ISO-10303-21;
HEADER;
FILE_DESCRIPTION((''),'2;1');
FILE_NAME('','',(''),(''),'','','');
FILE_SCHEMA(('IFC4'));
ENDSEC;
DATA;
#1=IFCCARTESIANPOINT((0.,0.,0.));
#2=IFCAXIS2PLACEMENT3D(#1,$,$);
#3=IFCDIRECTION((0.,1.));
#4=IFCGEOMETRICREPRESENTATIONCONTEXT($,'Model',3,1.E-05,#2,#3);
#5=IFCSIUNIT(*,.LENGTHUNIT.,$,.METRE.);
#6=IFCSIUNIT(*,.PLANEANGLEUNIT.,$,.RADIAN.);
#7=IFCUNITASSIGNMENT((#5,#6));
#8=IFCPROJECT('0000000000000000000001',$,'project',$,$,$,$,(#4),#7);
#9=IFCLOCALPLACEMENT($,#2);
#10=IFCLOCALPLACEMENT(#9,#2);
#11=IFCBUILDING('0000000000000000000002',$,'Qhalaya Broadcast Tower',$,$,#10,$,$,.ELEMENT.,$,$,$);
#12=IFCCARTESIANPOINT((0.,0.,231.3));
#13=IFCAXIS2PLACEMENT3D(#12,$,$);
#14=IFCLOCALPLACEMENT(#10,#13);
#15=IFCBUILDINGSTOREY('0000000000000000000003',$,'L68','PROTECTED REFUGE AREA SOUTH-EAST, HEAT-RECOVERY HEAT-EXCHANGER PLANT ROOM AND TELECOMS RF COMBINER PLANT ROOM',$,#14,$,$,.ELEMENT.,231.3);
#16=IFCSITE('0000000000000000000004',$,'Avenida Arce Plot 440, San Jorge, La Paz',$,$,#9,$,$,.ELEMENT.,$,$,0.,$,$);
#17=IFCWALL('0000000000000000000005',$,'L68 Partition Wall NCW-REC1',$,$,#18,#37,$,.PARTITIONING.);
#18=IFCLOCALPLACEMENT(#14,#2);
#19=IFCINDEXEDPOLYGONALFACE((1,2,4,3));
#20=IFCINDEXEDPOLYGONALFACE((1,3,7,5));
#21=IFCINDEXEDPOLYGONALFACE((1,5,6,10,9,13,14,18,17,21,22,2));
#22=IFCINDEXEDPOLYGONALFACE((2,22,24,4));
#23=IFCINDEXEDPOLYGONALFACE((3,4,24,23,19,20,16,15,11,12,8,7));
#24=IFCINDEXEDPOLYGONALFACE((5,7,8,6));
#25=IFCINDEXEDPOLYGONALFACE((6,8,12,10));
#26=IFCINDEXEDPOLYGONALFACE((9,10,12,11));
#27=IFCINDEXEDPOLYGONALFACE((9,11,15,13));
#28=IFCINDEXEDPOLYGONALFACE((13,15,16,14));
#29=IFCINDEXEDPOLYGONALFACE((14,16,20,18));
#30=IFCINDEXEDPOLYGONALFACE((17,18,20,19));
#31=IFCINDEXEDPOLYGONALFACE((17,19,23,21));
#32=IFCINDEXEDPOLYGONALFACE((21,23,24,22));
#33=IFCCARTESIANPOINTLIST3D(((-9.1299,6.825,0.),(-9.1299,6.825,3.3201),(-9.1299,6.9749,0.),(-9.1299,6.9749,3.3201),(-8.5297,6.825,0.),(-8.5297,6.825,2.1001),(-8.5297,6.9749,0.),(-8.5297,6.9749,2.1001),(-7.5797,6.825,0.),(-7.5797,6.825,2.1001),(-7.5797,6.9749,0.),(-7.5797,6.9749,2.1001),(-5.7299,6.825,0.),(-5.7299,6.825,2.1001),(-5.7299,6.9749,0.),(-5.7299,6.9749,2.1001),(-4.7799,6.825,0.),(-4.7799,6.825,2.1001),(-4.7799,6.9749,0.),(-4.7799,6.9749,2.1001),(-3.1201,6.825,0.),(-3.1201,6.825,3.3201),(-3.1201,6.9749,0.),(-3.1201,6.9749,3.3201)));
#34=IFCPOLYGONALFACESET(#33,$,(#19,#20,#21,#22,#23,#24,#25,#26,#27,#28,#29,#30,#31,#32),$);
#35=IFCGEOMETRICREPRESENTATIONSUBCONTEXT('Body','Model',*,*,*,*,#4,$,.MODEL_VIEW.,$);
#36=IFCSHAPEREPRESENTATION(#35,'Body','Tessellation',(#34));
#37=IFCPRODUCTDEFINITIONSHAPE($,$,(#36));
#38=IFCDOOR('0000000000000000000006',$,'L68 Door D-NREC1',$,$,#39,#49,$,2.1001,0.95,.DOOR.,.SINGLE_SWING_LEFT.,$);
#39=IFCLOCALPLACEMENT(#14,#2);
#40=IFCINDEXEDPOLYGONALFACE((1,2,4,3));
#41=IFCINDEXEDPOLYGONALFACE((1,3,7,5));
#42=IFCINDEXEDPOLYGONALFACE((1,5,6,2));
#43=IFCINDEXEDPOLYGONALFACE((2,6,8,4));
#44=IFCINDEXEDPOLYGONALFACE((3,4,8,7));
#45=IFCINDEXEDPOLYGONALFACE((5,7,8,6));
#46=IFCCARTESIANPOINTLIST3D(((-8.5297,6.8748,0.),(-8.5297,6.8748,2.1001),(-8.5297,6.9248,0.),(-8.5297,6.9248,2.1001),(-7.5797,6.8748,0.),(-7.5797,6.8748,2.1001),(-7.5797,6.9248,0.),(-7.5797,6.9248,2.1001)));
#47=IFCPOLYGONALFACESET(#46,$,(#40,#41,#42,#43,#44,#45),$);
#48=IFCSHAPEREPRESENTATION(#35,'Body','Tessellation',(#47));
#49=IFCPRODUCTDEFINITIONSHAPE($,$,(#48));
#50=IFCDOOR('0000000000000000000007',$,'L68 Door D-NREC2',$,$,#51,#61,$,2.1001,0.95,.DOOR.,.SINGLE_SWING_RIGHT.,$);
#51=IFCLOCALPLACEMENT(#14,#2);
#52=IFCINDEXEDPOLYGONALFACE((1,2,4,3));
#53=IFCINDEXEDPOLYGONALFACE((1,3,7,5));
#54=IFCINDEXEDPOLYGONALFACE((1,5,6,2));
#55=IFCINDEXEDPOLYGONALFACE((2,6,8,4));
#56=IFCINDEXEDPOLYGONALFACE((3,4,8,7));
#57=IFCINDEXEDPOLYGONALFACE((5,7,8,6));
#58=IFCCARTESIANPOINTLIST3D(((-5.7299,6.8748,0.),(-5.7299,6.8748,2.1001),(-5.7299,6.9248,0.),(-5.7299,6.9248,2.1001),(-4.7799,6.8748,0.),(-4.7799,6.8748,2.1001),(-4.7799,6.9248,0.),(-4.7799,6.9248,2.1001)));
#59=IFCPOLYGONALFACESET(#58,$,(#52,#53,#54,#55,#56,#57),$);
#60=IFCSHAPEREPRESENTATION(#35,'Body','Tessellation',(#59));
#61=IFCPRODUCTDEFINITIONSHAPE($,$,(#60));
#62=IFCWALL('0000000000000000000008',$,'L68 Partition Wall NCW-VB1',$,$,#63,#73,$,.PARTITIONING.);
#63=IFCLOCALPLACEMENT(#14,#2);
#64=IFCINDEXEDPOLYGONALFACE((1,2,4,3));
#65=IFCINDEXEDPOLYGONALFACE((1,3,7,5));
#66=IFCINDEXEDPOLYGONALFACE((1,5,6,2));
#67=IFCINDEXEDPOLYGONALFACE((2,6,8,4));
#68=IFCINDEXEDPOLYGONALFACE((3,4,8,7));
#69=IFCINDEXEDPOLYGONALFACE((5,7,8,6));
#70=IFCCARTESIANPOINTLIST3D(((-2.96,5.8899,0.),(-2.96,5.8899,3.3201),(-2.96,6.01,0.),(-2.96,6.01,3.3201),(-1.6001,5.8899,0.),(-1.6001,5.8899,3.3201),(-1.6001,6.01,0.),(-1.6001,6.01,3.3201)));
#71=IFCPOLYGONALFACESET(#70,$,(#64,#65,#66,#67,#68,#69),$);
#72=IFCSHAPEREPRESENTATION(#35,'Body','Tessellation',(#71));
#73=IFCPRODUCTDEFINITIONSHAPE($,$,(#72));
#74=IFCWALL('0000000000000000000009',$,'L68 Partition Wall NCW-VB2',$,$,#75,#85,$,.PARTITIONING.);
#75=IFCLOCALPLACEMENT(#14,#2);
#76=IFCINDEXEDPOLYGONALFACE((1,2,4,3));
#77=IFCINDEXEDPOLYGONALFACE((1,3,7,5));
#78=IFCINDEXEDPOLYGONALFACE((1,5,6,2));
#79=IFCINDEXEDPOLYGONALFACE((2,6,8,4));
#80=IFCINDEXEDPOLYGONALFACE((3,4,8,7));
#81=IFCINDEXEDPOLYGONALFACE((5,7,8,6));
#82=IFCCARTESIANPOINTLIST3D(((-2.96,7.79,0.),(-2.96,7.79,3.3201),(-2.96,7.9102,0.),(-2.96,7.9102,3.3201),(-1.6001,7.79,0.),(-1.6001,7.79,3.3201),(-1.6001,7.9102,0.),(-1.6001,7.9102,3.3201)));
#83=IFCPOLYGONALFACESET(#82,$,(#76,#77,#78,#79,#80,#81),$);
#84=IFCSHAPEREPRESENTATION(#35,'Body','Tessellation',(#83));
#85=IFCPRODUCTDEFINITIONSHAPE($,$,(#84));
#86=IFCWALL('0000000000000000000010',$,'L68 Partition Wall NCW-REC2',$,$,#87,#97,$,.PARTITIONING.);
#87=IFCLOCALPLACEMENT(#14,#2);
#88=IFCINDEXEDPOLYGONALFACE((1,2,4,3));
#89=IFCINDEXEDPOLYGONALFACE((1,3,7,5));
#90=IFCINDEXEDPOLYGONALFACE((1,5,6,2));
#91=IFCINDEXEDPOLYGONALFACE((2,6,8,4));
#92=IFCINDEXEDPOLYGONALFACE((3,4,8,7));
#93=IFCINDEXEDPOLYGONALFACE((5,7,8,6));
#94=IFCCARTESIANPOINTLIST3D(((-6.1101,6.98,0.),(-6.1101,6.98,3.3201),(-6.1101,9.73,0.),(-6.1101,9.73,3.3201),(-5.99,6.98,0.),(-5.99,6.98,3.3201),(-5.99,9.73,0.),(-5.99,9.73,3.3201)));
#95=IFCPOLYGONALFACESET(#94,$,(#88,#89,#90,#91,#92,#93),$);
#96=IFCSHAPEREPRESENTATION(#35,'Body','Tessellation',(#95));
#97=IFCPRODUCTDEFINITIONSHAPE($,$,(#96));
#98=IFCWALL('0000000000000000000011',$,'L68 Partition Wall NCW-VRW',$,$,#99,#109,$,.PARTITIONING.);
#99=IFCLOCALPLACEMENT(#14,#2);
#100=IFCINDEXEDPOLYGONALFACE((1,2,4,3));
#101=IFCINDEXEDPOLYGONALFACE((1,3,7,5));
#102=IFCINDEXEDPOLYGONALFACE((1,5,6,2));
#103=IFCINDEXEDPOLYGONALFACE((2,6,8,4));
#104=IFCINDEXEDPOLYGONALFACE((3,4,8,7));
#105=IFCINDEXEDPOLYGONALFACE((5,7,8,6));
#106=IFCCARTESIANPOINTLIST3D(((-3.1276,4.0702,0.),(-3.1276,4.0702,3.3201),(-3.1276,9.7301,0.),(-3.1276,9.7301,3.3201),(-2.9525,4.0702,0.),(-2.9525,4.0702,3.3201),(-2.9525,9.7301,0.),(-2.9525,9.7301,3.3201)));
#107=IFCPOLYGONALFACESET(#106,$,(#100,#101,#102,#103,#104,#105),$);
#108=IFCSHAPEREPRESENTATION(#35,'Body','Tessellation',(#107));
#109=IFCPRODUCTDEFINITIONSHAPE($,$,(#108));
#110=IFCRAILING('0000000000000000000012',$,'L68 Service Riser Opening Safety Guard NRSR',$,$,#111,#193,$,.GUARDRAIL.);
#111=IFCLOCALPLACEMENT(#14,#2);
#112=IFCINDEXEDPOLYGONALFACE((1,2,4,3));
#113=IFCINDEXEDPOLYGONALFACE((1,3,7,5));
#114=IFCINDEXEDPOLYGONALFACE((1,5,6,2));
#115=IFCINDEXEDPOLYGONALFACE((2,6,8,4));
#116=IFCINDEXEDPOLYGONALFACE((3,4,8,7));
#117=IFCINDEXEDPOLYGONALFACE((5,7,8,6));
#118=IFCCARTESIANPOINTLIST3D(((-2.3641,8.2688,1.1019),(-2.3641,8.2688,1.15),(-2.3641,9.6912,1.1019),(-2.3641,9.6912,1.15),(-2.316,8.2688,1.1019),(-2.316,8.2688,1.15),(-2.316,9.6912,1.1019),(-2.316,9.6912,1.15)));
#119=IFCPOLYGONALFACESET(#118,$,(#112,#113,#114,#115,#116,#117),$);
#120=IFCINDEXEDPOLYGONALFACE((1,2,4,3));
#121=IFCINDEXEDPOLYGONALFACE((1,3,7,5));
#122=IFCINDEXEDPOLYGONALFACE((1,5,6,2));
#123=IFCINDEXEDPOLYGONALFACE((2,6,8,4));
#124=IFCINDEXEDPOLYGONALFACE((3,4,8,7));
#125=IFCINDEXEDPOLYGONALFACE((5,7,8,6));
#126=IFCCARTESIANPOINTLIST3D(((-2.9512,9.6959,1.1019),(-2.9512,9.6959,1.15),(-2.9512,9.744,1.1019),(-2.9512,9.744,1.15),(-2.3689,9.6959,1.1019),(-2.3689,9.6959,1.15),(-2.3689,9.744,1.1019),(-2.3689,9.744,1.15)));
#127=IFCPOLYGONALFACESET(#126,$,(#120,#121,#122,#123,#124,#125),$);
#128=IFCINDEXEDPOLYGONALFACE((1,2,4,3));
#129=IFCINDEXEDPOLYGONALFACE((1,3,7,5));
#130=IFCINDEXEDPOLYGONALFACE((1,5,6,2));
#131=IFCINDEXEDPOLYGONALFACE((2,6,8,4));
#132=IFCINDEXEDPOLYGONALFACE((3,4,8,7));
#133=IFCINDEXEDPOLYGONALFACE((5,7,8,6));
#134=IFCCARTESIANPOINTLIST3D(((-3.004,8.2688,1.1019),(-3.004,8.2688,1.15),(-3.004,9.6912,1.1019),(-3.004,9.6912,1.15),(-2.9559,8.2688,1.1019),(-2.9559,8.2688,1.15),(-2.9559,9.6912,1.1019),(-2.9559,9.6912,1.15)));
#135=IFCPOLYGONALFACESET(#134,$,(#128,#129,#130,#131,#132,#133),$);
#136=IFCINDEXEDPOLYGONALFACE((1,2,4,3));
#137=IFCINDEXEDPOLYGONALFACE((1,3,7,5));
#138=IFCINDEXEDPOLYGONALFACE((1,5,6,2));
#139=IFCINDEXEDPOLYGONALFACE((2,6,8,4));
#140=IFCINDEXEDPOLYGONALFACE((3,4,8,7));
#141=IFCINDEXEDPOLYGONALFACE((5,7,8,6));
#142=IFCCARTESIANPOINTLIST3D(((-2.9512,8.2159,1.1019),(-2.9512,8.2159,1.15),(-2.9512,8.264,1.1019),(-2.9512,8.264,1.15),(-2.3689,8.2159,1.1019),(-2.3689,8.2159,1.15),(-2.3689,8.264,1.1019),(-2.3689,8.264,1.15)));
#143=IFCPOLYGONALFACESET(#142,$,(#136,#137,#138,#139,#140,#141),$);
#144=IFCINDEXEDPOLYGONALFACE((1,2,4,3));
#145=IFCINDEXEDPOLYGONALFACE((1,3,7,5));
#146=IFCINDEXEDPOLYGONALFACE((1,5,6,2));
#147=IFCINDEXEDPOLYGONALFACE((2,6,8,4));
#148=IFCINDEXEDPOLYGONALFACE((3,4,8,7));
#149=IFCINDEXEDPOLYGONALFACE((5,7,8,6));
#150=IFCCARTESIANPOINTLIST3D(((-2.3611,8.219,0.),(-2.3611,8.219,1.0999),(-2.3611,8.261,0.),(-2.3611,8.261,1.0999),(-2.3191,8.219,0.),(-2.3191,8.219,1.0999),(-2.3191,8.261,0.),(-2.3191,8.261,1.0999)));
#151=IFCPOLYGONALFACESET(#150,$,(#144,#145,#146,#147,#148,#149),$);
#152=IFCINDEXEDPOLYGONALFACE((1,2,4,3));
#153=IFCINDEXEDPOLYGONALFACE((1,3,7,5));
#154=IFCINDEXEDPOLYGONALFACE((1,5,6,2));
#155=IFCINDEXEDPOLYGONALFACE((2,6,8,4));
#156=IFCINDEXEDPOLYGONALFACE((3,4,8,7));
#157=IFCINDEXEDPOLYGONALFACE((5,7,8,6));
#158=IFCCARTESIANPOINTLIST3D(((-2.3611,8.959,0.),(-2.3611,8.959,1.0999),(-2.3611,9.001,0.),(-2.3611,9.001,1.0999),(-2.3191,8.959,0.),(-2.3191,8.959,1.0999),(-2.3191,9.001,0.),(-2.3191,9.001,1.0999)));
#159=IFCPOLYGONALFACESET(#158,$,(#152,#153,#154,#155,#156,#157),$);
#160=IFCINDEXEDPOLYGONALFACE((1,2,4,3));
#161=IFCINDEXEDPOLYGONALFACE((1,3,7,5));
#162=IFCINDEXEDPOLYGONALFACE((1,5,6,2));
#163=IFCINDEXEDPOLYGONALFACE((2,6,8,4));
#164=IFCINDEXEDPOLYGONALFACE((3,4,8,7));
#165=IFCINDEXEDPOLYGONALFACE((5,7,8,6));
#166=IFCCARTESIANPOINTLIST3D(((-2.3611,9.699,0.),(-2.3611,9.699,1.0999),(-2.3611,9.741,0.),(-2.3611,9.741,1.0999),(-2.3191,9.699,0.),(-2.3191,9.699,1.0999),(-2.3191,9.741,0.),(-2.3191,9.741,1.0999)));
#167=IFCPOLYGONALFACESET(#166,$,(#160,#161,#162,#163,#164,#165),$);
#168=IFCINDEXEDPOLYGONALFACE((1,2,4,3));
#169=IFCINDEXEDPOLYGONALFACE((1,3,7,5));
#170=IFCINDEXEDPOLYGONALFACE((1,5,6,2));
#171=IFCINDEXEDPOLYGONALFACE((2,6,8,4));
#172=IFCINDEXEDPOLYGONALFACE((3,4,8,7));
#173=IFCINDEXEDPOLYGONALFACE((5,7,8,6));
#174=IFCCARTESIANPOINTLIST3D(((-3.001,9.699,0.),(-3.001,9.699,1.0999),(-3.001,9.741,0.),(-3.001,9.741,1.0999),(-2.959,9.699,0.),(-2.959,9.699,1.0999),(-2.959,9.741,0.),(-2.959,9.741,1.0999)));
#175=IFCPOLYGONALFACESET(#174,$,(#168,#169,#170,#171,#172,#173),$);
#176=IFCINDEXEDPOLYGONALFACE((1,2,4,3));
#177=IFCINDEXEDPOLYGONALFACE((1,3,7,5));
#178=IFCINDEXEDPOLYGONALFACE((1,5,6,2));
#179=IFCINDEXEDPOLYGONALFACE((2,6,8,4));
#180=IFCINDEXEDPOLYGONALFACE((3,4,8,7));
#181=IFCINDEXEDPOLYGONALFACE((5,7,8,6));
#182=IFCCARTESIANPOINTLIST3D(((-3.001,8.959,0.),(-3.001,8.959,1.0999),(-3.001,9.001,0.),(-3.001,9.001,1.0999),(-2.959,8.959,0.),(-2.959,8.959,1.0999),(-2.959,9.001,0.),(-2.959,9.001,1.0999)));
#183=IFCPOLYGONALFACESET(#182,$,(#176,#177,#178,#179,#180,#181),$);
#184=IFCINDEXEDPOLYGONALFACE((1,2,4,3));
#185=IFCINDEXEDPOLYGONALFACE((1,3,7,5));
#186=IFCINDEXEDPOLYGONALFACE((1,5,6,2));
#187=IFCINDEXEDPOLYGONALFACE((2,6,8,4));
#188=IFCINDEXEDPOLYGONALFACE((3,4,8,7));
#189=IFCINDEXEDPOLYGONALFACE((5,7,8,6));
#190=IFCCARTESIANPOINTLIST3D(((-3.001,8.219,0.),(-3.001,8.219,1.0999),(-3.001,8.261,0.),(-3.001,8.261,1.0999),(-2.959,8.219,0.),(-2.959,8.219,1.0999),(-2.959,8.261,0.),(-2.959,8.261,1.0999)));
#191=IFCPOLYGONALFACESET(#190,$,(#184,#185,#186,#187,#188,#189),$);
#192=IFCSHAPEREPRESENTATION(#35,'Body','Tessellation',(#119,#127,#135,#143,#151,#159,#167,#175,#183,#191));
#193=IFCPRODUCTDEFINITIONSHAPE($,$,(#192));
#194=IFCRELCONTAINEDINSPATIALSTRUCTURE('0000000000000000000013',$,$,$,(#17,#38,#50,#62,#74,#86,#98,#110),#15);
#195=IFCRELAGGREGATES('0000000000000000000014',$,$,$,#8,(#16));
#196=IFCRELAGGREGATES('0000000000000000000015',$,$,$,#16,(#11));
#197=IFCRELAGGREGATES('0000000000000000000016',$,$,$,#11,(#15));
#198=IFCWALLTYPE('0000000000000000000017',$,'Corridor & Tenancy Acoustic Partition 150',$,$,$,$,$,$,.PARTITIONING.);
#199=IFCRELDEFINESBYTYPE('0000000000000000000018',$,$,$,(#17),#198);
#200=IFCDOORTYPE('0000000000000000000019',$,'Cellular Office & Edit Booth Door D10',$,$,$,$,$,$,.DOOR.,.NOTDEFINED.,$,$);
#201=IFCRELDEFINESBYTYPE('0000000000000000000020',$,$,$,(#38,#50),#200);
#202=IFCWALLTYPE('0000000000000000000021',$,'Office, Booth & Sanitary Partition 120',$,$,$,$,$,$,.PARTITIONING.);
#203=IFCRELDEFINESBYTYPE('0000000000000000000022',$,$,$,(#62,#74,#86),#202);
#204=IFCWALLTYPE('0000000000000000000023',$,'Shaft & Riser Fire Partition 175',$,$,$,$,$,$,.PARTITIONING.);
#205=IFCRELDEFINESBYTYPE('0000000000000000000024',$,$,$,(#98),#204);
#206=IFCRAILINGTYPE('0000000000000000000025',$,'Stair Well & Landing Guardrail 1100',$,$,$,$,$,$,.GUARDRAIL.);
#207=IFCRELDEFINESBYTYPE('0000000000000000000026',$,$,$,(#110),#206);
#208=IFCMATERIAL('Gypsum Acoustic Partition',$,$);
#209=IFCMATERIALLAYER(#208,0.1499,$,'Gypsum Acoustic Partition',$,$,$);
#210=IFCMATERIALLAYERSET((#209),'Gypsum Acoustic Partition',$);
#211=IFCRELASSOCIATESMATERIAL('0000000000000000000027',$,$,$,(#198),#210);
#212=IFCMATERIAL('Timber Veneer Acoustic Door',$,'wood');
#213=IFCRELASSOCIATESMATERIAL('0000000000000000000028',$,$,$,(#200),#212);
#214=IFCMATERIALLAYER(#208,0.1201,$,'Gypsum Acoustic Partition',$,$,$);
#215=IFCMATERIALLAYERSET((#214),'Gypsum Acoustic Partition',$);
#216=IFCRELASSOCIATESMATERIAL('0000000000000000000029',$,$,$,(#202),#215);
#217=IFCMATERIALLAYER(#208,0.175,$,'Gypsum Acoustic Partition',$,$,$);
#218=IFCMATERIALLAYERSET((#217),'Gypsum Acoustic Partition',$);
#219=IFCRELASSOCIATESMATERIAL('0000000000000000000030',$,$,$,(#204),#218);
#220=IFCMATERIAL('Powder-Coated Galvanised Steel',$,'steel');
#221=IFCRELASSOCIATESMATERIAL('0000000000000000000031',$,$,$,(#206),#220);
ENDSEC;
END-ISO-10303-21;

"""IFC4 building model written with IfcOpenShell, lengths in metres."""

from ifc_helpers import new_model, si_unit, direction, frame, frame_2d, origin, origin_2d, place, context, subcontext, project, spatial, rectangle, extrude, material, layer, layer_set, type_object, element, fill, save


model = new_model("IFC4")

# Units and contexts
model_context = context("Model", 3, precision=1e-05, world=origin(), true_north=direction((0.0, 1.0)))
body_context = subcontext(model_context, "Body", "Model", "MODEL_VIEW")
ifc_project = project(units=[si_unit("LENGTHUNIT", "METRE"), si_unit("PLANEANGLEUNIT", "RADIAN")], contexts=[model_context])

# Site, building, storey
site_placement = place(None, origin())
site = spatial("IfcSite", under=ifc_project, at=site_placement, Name="Avenida Arce Plot 440, San Jorge, La Paz", CompositionType="ELEMENT", RefElevation=0.0)
building_placement = place(site_placement, origin())
building = spatial("IfcBuilding", under=site, at=building_placement, Name="Qhalaya Broadcast Tower", CompositionType="ELEMENT")
storey_placement = place(building_placement, frame((0.0, 0.0, 231.3)))
storey = spatial("IfcBuildingStorey", under=building, at=storey_placement, Name="L68", Description="PROTECTED REFUGE AREA SOUTH-EAST, HEAT-RECOVERY HEAT-EXCHANGER PLANT ROOM AND TELECOMS RF COMBINER PLANT ROOM", CompositionType="ELEMENT", Elevation=231.3)

# Wall, openings, doors
ifc_material_1 = material(Name="Gypsum Acoustic Partition")
ifc_layer_1 = layer(ifc_material_1, 0.1499, Name="Gypsum Acoustic Partition")
ifc_layer_set_1 = layer_set([ifc_layer_1], Name="Gypsum Acoustic Partition")
wall_type_1 = type_object("IfcWallType", Name="Corridor & Tenancy Acoustic Partition 150", PredefinedType="PARTITIONING", material=ifc_layer_set_1)
ifc_material_2 = material(Name="Timber Veneer Acoustic Door", Category="wood")
wall_1_placement = place(storey_placement, frame((-9.1299, 6.8999, 0.0), z_axis=(0.0, 0.0, 1.0), x_axis=(1.0, 0.0, 0.0)))
wall_1 = element("IfcWall", 1, at=wall_1_placement, inside=storey, type_object=wall_type_1, Name="L68 Partition Wall NCW-REC1", PredefinedType="PARTITIONING", context=body_context, shape_type="SweptSolid", body=[
    extrude(rectangle(XDim=6.0098, YDim=0.1499, at=frame_2d((3.0049, 0.0))), origin(), (0.0, 0.0, 1.0), 3.3201),
])
opening_1_placement = place(wall_1_placement, frame((0.6001, 0.0, 0.0)))
opening_1 = element("IfcOpeningElement", 2, at=opening_1_placement, cuts=wall_1, PredefinedType="OPENING", context=body_context, shape_type="SweptSolid", body=[
    extrude(rectangle(XDim=0.95, YDim=2.1001, at=frame_2d((0.4751, 1.05))), frame((0.0, 0.0869, 0.0), z_axis=(0.0, -1.0, 0.0), x_axis=(1.0, 0.0, 0.0)), (0.0, 0.0, 1.0), 0.1738),
])
opening_2_placement = place(wall_1_placement, frame((3.3999, 0.0, 0.0)))
opening_2 = element("IfcOpeningElement", 3, at=opening_2_placement, cuts=wall_1, PredefinedType="OPENING", context=body_context, shape_type="SweptSolid", body=[
    extrude(rectangle(XDim=0.95, YDim=2.1001, at=frame_2d((0.4751, 1.05))), frame((0.0, 0.0869, 0.0), z_axis=(0.0, -1.0, 0.0), x_axis=(1.0, 0.0, 0.0)), (0.0, 0.0, 1.0), 0.1738),
])
door_type_1 = type_object("IfcDoorType", Name="Cellular Office & Edit Booth Door D10", OperationType="NOTDEFINED", PredefinedType="DOOR", material=ifc_material_2)
door_1_placement = place(opening_1_placement, origin())
door_1 = element("IfcDoor", 4, at=door_1_placement, inside=storey, type_object=door_type_1, Name="L68 Door D-NREC1", OperationType="SINGLE_SWING_LEFT", OverallHeight=2.1001, OverallWidth=0.95, PredefinedType="DOOR", context=body_context, shape_type="SweptSolid", body=[
    extrude(rectangle(XDim=0.95, YDim=2.1001, at=frame_2d((0.4751, 1.05))), frame((0.0, 0.0249, 0.0), z_axis=(0.0, -1.0, 0.0), x_axis=(1.0, 0.0, 0.0)), (0.0, 0.0, 1.0), 0.05),
])
fill(opening_1, door_1)
door_2_placement = place(opening_2_placement, origin())
door_2 = element("IfcDoor", 5, at=door_2_placement, inside=storey, type_object=door_type_1, Name="L68 Door D-NREC2", OperationType="SINGLE_SWING_RIGHT", OverallHeight=2.1001, OverallWidth=0.95, PredefinedType="DOOR", context=body_context, shape_type="SweptSolid", body=[
    extrude(rectangle(XDim=0.95, YDim=2.1001, at=frame_2d((0.4751, 1.05))), frame((0.0, 0.0249, 0.0), z_axis=(0.0, -1.0, 0.0), x_axis=(1.0, 0.0, 0.0)), (0.0, 0.0, 1.0), 0.05),
])
fill(opening_2, door_2)

# Walls
ifc_layer_2 = layer(ifc_material_1, 0.1201, Name="Gypsum Acoustic Partition")
ifc_layer_set_2 = layer_set([ifc_layer_2], Name="Gypsum Acoustic Partition")
wall_type_2 = type_object("IfcWallType", Name="Office, Booth & Sanitary Partition 120", PredefinedType="PARTITIONING", material=ifc_layer_set_2)
for number, where, z_axis, x_axis, name in (
    (6, (-2.96, 5.95, 0.0), (0.0, 0.0, 1.0), (1.0, 0.0, 0.0), "L68 Partition Wall NCW-VB1"),
    (7, (-2.96, 7.8501, 0.0), (0.0, 0.0, 1.0), (1.0, 0.0, 0.0), "L68 Partition Wall NCW-VB2"),
):
    element("IfcWall", number, at=place(storey_placement, frame(where, z_axis=z_axis, x_axis=x_axis)), inside=storey, type_object=wall_type_2, Name=name, PredefinedType="PARTITIONING", context=body_context, shape_type="SweptSolid", body=[
        extrude(rectangle(XDim=1.3599, YDim=0.1201, at=frame_2d((0.6799, 0.0))), origin(), (0.0, 0.0, 1.0), 3.3201),
    ])
wall_2_placement = place(storey_placement, frame((-6.05, 6.98, 0.0), z_axis=(0.0, 0.0, 1.0), x_axis=(0.0, 1.0, 0.0)))
element("IfcWall", 8, at=wall_2_placement, inside=storey, type_object=wall_type_2, Name="L68 Partition Wall NCW-REC2", PredefinedType="PARTITIONING", context=body_context, shape_type="SweptSolid", body=[
    extrude(rectangle(XDim=2.75, YDim=0.1201, at=frame_2d((1.375, 0.0))), origin(), (0.0, 0.0, 1.0), 3.3201),
])
ifc_layer_3 = layer(ifc_material_1, 0.175, Name="Gypsum Acoustic Partition")
ifc_layer_set_3 = layer_set([ifc_layer_3], Name="Gypsum Acoustic Partition")
wall_type_3 = type_object("IfcWallType", Name="Shaft & Riser Fire Partition 175", PredefinedType="PARTITIONING", material=ifc_layer_set_3)
wall_3_placement = place(storey_placement, frame((-3.04, 4.0701, 0.0), z_axis=(0.0, 0.0, 1.0), x_axis=(0.0, 1.0, 0.0)))
element("IfcWall", 9, at=wall_3_placement, inside=storey, type_object=wall_type_3, Name="L68 Partition Wall NCW-VRW", PredefinedType="PARTITIONING", context=body_context, shape_type="SweptSolid", body=[
    extrude(rectangle(XDim=5.6599, YDim=0.175, at=frame_2d((2.8301, 0.0))), origin(), (0.0, 0.0, 1.0), 3.3201),
])

# Railing
ifc_material_3 = material(Name="Powder-Coated Galvanised Steel", Category="steel")
railing_type = type_object("IfcRailingType", Name="Stair Well & Landing Guardrail 1100", PredefinedType="GUARDRAIL", material=ifc_material_3)
railing_placement = place(storey_placement, frame((-2.3401, 8.24, 0.0)))
element("IfcRailing", 10, at=railing_placement, inside=storey, type_object=railing_type, Name="L68 Service Riser Opening Safety Guard NRSR", PredefinedType="GUARDRAIL", context=body_context, shape_type="SweptSolid", body=[
    extrude(rectangle(XDim=0.0481, YDim=0.0481, at=origin_2d()), frame((0.0, 0.0288, 1.126), z_axis=(0.0, 1.0, 0.0), x_axis=(-1.0, 0.0, 0.0)), (0.0, 0.0, 1.0), 1.4224),
    extrude(rectangle(XDim=0.0481, YDim=0.0481, at=origin_2d()), frame((-0.0288, 1.48, 1.126), z_axis=(-1.0, 0.0, 0.0), x_axis=(0.0, -1.0, 0.0)), (0.0, 0.0, 1.0), 0.5823),
    extrude(rectangle(XDim=0.0481, YDim=0.0481, at=origin_2d()), frame((-0.6399, 1.4512, 1.126), z_axis=(0.0, -1.0, 0.0), x_axis=(1.0, 0.0, 0.0)), (0.0, 0.0, 1.0), 1.4224),
    extrude(rectangle(XDim=0.0481, YDim=0.0481, at=origin_2d()), frame((-0.6111, 0.0, 1.126), z_axis=(1.0, 0.0, 0.0), x_axis=(0.0, 1.0, 0.0)), (0.0, 0.0, 1.0), 0.5823),
    extrude(rectangle(XDim=0.042, YDim=0.042, at=origin_2d()), origin(), (0.0, 0.0, 1.0), 1.0999),
    extrude(rectangle(XDim=0.042, YDim=0.042, at=origin_2d()), frame((0.0, 0.74, 0.0)), (0.0, 0.0, 1.0), 1.0999),
    extrude(rectangle(XDim=0.042, YDim=0.042, at=origin_2d()), frame((0.0, 1.48, 0.0)), (0.0, 0.0, 1.0), 1.0999),
    extrude(rectangle(XDim=0.042, YDim=0.042, at=origin_2d()), frame((-0.6399, 1.48, 0.0)), (0.0, 0.0, 1.0), 1.0999),
    extrude(rectangle(XDim=0.042, YDim=0.042, at=origin_2d()), frame((-0.6399, 0.74, 0.0)), (0.0, 0.0, 1.0), 1.0999),
    extrude(rectangle(XDim=0.042, YDim=0.042, at=origin_2d()), frame((-0.6399, 0.0, 0.0)), (0.0, 0.0, 1.0), 1.0999),
])

save(model, "model.ifc")
